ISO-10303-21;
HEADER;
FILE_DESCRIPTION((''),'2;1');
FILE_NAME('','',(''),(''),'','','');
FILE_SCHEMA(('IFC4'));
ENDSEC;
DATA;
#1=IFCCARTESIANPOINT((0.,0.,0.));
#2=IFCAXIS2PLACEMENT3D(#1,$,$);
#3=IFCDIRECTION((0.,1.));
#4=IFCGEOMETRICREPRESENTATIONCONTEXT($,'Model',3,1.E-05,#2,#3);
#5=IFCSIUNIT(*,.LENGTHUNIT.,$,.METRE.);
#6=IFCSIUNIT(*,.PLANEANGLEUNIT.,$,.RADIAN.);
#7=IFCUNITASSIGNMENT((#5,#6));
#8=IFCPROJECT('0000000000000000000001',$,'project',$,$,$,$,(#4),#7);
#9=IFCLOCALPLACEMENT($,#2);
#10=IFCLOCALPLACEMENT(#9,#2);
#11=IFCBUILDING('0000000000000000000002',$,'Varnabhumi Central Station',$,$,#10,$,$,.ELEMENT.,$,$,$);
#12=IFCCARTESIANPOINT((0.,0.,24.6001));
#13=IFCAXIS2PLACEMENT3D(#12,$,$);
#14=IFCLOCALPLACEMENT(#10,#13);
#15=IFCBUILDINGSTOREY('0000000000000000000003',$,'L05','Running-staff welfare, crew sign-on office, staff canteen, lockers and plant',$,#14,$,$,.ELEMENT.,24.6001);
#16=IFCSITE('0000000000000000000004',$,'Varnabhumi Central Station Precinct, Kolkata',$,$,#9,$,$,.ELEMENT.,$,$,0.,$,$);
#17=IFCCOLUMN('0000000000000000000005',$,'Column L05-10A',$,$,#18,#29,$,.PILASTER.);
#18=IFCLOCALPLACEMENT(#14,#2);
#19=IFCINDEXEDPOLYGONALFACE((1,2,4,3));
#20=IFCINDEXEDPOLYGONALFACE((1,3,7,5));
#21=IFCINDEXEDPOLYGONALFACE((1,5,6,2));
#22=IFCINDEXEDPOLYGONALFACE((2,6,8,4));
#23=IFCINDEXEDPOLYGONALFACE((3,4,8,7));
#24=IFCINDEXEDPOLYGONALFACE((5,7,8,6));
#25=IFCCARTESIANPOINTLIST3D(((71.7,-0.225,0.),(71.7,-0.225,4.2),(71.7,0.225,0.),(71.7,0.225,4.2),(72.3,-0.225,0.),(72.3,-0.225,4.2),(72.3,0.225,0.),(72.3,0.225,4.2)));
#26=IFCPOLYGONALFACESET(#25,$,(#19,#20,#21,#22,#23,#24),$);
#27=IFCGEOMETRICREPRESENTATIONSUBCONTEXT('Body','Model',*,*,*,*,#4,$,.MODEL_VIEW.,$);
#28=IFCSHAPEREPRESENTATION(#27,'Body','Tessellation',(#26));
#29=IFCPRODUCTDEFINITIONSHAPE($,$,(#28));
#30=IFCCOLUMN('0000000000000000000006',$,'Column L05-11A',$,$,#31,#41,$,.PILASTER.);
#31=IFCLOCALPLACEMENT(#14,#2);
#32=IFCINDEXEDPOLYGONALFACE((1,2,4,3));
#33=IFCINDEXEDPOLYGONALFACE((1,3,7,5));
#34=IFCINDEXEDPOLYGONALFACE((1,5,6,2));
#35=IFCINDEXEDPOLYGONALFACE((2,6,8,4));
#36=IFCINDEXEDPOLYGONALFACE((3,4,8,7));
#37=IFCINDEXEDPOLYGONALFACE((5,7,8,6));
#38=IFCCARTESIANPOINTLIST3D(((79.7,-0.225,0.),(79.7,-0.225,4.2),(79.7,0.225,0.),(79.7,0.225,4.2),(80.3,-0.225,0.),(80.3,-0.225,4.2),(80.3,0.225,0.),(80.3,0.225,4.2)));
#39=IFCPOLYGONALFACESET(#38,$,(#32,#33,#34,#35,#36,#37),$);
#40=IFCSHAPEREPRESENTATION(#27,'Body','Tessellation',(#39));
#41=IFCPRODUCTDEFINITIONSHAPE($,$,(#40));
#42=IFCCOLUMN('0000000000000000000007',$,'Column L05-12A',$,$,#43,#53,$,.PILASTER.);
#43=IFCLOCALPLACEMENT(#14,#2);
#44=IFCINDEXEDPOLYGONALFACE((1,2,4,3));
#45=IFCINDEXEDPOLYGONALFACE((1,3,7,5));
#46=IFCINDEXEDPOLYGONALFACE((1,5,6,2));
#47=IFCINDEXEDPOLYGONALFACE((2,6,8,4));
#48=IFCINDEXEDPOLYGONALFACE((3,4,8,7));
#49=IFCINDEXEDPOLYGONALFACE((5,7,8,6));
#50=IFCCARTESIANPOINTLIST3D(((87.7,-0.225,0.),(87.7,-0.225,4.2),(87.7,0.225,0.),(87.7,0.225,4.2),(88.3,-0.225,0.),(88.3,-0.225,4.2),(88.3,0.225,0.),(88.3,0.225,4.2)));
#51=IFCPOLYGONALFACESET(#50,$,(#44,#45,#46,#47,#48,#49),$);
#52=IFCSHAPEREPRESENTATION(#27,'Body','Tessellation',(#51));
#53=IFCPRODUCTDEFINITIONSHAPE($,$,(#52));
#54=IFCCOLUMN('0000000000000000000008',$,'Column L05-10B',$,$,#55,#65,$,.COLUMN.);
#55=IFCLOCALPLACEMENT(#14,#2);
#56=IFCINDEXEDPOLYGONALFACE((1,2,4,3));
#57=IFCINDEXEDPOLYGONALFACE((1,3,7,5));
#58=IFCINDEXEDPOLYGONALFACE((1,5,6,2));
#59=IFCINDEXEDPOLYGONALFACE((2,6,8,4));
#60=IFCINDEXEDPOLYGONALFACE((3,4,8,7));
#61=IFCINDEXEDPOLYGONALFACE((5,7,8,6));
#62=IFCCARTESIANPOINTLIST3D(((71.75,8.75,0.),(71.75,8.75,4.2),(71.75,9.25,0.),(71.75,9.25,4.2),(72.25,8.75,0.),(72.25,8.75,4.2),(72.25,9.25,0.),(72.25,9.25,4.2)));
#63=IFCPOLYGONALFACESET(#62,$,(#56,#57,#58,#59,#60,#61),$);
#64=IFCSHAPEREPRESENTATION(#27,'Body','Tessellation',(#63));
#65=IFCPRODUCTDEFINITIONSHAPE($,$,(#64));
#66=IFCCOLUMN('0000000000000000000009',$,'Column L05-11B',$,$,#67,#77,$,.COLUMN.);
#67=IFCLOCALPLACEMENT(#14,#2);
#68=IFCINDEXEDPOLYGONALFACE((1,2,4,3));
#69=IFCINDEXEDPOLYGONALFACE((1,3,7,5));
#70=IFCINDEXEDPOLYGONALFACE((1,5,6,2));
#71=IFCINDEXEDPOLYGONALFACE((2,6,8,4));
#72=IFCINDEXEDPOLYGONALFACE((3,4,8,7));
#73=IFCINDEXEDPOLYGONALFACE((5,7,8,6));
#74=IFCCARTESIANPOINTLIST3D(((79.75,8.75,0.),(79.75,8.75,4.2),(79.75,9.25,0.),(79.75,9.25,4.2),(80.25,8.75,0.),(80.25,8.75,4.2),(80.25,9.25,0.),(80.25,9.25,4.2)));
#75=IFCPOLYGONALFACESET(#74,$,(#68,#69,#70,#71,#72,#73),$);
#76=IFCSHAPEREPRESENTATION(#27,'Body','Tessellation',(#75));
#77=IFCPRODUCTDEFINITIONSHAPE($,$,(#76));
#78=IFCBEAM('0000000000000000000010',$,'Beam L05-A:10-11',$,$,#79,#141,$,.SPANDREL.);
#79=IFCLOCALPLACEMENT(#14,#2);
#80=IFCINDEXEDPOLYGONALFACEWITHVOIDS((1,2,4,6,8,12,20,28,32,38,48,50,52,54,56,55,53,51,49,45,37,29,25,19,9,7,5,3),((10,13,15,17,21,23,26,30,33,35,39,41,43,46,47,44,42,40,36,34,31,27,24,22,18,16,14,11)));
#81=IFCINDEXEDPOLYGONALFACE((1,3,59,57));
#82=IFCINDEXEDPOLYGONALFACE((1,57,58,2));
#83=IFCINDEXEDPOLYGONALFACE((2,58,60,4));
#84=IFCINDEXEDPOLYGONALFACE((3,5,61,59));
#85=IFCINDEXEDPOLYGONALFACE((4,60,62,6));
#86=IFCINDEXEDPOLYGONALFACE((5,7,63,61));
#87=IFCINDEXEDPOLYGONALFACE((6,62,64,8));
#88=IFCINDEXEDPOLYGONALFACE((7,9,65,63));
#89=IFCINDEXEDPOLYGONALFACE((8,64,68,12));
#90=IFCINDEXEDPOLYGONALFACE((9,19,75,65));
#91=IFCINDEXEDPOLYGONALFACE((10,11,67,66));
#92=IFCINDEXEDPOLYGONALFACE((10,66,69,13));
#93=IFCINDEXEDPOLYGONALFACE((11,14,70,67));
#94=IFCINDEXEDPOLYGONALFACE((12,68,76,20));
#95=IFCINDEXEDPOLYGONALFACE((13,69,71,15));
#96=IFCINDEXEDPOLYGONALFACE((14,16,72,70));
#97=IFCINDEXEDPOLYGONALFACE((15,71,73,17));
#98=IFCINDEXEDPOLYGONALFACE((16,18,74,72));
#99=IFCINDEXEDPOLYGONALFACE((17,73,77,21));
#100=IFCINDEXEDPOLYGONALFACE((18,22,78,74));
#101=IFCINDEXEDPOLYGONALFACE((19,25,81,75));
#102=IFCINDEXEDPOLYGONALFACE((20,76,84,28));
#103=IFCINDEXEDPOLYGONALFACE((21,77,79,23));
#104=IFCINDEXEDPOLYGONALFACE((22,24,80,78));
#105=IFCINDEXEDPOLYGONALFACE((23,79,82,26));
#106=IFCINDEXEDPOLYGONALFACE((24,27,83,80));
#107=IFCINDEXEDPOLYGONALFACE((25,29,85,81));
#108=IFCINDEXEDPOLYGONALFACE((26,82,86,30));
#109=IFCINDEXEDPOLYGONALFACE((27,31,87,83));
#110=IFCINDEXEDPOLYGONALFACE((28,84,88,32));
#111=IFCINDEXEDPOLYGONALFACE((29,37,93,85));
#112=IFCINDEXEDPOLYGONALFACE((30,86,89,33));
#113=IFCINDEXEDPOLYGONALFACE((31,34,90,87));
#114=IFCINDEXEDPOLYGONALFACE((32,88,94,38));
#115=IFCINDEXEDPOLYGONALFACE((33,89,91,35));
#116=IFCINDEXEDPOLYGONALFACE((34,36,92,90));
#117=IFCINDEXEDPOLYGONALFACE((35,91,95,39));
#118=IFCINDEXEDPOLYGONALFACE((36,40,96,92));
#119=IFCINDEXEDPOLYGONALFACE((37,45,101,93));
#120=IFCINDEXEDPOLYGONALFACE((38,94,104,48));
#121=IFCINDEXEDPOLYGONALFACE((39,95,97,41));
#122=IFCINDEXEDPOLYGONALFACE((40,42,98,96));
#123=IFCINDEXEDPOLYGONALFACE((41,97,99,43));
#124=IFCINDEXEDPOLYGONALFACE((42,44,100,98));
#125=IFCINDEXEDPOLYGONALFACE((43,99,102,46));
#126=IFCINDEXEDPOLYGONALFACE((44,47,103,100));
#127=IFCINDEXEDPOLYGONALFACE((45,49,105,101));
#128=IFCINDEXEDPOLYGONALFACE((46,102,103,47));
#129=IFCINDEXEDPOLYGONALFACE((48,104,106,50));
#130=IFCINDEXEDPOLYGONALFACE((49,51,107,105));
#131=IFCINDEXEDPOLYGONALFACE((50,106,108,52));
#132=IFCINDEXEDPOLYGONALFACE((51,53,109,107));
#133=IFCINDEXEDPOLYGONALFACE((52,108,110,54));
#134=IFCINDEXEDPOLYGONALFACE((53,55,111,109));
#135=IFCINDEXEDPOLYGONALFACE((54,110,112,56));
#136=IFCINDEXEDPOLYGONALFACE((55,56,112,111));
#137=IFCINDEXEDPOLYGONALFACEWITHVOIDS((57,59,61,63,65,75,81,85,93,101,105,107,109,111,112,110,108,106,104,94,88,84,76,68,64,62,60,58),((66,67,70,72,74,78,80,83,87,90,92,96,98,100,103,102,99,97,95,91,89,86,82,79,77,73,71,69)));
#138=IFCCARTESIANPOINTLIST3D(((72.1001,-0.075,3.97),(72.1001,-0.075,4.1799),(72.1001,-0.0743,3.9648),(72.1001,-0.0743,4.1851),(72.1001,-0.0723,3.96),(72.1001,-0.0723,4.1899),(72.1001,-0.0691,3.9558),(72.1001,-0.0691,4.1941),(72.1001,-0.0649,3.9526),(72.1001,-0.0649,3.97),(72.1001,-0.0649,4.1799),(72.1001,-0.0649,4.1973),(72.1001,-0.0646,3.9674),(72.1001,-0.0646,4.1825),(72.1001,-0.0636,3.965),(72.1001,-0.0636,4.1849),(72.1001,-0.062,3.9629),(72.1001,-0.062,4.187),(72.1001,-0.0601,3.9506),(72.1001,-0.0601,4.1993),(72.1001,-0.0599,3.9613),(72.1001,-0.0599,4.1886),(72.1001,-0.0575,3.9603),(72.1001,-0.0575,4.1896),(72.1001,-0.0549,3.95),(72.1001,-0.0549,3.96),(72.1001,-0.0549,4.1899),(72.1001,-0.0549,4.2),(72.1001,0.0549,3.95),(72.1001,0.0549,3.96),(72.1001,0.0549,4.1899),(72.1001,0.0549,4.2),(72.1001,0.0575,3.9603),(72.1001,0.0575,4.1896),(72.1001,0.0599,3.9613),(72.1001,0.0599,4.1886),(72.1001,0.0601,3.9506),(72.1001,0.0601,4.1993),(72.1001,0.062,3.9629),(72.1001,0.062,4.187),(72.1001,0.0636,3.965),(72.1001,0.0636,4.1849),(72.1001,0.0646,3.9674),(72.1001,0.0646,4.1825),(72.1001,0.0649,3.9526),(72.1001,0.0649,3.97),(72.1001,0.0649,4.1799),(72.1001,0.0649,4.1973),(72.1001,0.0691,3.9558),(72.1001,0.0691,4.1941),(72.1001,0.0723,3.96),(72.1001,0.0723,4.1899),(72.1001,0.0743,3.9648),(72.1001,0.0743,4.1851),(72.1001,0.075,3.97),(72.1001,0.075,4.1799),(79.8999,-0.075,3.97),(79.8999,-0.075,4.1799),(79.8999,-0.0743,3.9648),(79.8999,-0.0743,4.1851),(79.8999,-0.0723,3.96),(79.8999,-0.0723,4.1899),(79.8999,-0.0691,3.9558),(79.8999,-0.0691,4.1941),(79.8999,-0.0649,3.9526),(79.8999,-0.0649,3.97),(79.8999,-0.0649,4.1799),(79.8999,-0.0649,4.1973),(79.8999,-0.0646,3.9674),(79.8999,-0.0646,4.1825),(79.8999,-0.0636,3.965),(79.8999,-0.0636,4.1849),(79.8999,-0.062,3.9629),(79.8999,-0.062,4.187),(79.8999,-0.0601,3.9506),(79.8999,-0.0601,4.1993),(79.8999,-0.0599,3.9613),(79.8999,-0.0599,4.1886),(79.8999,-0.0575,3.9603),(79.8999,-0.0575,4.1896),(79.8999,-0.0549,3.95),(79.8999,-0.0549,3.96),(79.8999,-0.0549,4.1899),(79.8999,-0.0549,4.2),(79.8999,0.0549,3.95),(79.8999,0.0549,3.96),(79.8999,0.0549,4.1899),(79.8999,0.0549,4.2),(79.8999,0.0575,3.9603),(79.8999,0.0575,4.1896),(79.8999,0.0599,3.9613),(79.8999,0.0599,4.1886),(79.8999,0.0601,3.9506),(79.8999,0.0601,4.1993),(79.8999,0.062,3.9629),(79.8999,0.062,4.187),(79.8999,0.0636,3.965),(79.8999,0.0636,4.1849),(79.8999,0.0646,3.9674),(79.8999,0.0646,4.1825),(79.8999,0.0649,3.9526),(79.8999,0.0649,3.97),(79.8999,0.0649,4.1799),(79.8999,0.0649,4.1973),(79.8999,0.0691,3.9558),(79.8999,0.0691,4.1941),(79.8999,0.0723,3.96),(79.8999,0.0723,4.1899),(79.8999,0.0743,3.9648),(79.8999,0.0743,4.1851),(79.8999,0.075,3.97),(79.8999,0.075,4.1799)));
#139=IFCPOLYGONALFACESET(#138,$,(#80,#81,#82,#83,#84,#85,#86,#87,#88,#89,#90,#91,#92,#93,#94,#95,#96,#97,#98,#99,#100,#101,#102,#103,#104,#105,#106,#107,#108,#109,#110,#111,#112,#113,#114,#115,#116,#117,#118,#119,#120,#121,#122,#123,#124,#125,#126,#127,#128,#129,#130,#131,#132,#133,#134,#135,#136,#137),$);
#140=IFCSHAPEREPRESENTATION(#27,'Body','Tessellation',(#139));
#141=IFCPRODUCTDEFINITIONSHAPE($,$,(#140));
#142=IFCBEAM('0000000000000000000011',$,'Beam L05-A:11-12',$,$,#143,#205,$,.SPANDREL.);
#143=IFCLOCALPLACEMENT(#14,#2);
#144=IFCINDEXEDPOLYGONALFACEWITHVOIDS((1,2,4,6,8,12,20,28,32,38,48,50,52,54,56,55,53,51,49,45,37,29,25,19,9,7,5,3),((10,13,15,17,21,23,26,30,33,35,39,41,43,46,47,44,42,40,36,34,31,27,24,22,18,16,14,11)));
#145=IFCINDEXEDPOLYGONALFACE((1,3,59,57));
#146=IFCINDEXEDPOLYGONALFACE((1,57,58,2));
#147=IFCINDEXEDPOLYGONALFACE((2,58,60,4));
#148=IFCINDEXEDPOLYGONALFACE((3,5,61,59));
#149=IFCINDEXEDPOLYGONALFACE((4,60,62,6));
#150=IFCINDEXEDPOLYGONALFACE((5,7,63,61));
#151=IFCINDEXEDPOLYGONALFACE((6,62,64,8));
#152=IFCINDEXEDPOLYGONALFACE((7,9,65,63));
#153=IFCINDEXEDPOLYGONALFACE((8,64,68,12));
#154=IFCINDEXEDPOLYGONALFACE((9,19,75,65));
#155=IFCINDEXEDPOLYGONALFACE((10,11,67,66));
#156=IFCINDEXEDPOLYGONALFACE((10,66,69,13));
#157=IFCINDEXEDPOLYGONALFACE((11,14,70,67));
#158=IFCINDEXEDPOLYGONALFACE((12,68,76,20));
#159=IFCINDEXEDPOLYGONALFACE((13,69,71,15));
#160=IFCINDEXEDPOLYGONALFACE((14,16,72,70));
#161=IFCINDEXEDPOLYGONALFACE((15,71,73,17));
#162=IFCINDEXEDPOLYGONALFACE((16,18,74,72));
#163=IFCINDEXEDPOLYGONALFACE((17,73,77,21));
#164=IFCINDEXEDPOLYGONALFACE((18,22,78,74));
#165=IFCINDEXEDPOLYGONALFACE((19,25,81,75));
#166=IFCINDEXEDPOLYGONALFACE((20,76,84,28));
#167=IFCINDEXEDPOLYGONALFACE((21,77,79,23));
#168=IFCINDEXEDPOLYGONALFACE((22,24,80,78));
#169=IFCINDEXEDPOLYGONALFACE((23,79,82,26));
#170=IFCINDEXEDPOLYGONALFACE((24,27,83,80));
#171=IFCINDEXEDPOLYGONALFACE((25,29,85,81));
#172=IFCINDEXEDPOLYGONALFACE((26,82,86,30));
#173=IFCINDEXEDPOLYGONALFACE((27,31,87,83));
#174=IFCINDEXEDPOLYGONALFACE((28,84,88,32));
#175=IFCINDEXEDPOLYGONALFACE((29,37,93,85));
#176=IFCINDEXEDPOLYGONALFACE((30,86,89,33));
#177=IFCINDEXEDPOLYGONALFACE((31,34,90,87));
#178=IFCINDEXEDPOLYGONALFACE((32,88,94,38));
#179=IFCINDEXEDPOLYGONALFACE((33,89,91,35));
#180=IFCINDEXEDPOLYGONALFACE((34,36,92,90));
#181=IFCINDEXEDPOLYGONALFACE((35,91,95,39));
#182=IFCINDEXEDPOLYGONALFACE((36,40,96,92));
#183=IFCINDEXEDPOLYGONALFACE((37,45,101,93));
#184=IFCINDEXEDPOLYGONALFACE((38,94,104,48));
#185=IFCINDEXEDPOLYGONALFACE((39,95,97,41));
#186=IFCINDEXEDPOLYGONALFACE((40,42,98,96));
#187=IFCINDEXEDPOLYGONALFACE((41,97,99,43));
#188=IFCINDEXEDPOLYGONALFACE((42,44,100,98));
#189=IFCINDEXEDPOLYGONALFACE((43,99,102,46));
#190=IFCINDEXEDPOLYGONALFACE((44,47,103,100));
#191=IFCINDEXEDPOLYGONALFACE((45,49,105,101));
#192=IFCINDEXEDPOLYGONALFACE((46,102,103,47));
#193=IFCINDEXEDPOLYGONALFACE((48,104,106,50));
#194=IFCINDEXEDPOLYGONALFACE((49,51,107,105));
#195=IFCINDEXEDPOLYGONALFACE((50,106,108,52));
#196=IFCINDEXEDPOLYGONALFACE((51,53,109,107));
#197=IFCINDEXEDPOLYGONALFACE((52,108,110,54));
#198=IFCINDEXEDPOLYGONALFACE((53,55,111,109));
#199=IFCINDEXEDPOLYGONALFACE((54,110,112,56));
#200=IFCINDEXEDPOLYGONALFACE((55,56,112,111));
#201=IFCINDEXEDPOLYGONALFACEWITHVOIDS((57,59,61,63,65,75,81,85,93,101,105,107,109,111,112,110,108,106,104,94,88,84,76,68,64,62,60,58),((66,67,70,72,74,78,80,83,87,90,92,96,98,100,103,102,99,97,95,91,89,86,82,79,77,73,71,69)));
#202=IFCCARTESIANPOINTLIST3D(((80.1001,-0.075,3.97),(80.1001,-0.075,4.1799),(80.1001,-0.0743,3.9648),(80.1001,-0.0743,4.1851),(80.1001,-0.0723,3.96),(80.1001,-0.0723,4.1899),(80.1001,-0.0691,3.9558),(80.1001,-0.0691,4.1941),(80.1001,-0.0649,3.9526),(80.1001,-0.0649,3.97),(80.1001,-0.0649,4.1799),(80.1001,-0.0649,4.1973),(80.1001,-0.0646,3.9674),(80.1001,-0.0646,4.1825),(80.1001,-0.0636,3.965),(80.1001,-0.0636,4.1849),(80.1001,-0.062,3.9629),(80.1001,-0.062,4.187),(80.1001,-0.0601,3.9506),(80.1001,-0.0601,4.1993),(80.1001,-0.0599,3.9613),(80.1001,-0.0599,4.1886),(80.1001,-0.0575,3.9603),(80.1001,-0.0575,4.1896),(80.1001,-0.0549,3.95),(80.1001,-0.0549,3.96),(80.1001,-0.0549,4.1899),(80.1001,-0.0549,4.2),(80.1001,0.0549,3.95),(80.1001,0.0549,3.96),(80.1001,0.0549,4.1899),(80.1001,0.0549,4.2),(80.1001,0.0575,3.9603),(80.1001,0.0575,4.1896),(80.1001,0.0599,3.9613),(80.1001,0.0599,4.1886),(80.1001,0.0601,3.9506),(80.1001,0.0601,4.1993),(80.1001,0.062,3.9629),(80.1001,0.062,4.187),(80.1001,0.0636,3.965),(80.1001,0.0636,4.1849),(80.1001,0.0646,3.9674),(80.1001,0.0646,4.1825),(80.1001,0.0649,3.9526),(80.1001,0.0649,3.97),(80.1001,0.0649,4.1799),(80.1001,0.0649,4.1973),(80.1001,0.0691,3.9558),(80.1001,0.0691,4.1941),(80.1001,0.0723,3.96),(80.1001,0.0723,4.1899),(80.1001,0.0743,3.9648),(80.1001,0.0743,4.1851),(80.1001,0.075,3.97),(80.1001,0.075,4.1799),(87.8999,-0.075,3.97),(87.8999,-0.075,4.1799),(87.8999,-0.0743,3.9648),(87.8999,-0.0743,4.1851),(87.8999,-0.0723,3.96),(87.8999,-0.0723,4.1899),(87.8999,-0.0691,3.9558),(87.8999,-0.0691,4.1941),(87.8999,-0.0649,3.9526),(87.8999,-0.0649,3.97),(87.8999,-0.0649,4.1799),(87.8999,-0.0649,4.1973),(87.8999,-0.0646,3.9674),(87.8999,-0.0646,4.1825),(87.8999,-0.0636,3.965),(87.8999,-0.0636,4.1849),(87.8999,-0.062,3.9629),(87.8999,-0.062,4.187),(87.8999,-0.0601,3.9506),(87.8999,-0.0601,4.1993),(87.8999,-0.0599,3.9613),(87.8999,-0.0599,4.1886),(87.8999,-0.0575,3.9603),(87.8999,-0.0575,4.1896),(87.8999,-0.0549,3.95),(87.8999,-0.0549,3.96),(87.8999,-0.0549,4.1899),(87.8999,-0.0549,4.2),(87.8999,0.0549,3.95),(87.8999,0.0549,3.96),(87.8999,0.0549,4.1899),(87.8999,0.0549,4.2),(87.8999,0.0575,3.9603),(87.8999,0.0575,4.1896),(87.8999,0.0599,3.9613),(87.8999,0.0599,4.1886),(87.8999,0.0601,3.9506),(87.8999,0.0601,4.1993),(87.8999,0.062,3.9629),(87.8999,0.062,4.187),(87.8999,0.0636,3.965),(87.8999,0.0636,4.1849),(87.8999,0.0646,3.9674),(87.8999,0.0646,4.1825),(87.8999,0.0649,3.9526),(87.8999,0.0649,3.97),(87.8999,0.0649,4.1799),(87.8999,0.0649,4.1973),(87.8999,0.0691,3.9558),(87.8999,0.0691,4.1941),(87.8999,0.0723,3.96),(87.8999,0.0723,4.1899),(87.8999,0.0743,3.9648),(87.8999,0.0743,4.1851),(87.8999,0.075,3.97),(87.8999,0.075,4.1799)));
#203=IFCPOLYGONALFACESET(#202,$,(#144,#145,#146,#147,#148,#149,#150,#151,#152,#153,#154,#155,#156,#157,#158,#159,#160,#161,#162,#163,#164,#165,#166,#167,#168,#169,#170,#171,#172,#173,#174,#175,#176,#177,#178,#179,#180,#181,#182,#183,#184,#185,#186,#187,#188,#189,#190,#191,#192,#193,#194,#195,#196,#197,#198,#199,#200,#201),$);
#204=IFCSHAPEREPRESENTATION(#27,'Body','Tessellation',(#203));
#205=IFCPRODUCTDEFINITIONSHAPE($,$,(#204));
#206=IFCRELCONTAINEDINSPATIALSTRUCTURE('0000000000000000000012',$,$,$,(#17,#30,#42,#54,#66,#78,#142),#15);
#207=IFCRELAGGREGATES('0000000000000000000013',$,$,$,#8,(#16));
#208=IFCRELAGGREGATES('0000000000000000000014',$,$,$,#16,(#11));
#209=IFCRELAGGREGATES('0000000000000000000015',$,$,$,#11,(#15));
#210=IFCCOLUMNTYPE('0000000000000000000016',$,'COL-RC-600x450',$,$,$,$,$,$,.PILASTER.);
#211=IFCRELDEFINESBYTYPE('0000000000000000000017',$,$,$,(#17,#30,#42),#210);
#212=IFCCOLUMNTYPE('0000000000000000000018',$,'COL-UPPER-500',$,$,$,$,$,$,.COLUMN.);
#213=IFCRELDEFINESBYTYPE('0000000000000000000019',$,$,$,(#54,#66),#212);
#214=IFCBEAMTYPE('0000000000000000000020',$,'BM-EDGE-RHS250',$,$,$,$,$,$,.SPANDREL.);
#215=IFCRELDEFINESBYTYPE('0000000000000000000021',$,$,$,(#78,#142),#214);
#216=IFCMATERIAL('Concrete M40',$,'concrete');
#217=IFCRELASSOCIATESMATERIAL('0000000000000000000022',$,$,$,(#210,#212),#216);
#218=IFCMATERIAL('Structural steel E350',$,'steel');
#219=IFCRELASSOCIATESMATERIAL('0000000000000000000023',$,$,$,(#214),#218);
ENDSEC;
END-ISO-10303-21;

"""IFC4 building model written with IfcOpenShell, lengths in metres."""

from ifc_helpers import new_model, si_unit, direction, frame, origin, origin_2d, place, context, subcontext, project, spatial, rectangle, hollow_rectangle, extrude, material, material_profile, profile_set, type_object, element, save


model = new_model("IFC4")

# Units and contexts
model_context = context("Model", 3, precision=1e-05, world=origin(), true_north=direction((0.0, 1.0)))
body_context = subcontext(model_context, "Body", "Model", "MODEL_VIEW")
ifc_project = project(units=[si_unit("LENGTHUNIT", "METRE"), si_unit("PLANEANGLEUNIT", "RADIAN")], contexts=[model_context])

# Site, building, storey
site_placement = place(None, origin())
site = spatial("IfcSite", under=ifc_project, at=site_placement, Name="Varnabhumi Central Station Precinct, Kolkata", CompositionType="ELEMENT", RefElevation=0.0)
building_placement = place(site_placement, origin())
building = spatial("IfcBuilding", under=site, at=building_placement, Name="Varnabhumi Central Station", CompositionType="ELEMENT")
storey_placement = place(building_placement, frame((0.0, 0.0, 24.6001)))
storey = spatial("IfcBuildingStorey", under=building, at=storey_placement, Name="L05", Description="Running-staff welfare, crew sign-on office, staff canteen, lockers and plant", CompositionType="ELEMENT", Elevation=24.6001)

# Columns
ifc_material_1 = material(Name="Concrete M40", Category="concrete")
ifc_material_profile_1 = material_profile(ifc_material_1, rectangle(XDim=0.6001, YDim=0.45, at=origin_2d()), Name="Concrete M40", Category="concrete")
ifc_profile_set_1 = profile_set([ifc_material_profile_1], Name="Concrete M40")
column_type_1 = type_object("IfcColumnType", Name="COL-RC-600x450", PredefinedType="PILASTER", material=ifc_profile_set_1)
for number, where, z_axis, x_axis, name in (
    (1, (72.0, 0.0, 0.0), (0.0, 0.0, 1.0), (1.0, 0.0, 0.0), "Column L05-10A"),
    (2, (80.0, 0.0, 0.0), (0.0, 0.0, 1.0), (1.0, 0.0, 0.0), "Column L05-11A"),
    (3, (88.0, 0.0, 0.0), (0.0, 0.0, 1.0), (1.0, 0.0, 0.0), "Column L05-12A"),
):
    element("IfcColumn", number, at=place(storey_placement, frame(where, z_axis=z_axis, x_axis=x_axis)), inside=storey, type_object=column_type_1, Name=name, PredefinedType="PILASTER", context=body_context, shape_type="SweptSolid", body=[
        extrude(rectangle(XDim=0.6001, YDim=0.45, at=origin_2d()), origin(), (0.0, 0.0, 1.0), 4.2),
    ])
ifc_material_profile_2 = material_profile(ifc_material_1, rectangle(XDim=0.5, YDim=0.5, at=origin_2d()), Name="Concrete M40", Category="concrete")
ifc_profile_set_2 = profile_set([ifc_material_profile_2], Name="Concrete M40")
column_type_2 = type_object("IfcColumnType", Name="COL-UPPER-500", PredefinedType="COLUMN", material=ifc_profile_set_2)
for number, where, z_axis, x_axis, name in (
    (4, (72.0, 9.0, 0.0), (0.0, 0.0, 1.0), (1.0, 0.0, 0.0), "Column L05-10B"),
    (5, (80.0, 9.0, 0.0), (0.0, 0.0, 1.0), (1.0, 0.0, 0.0), "Column L05-11B"),
):
    element("IfcColumn", number, at=place(storey_placement, frame(where, z_axis=z_axis, x_axis=x_axis)), inside=storey, type_object=column_type_2, Name=name, PredefinedType="COLUMN", context=body_context, shape_type="SweptSolid", body=[
        extrude(rectangle(XDim=0.5, YDim=0.5, at=origin_2d()), origin(), (0.0, 0.0, 1.0), 4.2),
    ])

# Beams
ifc_material_2 = material(Name="Structural steel E350", Category="steel")
ifc_material_profile_3 = material_profile(ifc_material_2, hollow_rectangle(XDim=0.1499, YDim=0.25, WallThickness=0.01, InnerFilletRadius=0.01, OuterFilletRadius=0.02, at=origin_2d()), Name="Structural steel E350", Category="steel")
ifc_profile_set_3 = profile_set([ifc_material_profile_3], Name="Structural steel E350")
beam_type_1 = type_object("IfcBeamType", Name="BM-EDGE-RHS250", PredefinedType="SPANDREL", material=ifc_profile_set_3)
for number, where, z_axis, x_axis, name in (
    (6, (72.1001, 0.0, 4.075), (1.0, 0.0, 0.0), (0.0, 1.0, 0.0), "Beam L05-A:10-11"),
    (7, (80.1001, 0.0, 4.075), (1.0, 0.0, 0.0), (0.0, 1.0, 0.0), "Beam L05-A:11-12"),
):
    element("IfcBeam", number, at=place(storey_placement, frame(where, z_axis=z_axis, x_axis=x_axis)), inside=storey, type_object=beam_type_1, Name=name, PredefinedType="SPANDREL", context=body_context, shape_type="SweptSolid", body=[
        extrude(hollow_rectangle(XDim=0.1499, YDim=0.25, WallThickness=0.01, InnerFilletRadius=0.01, OuterFilletRadius=0.02, at=origin_2d()), origin(), (0.0, 0.0, 1.0), 7.7998),
    ])

save(model, "model.ifc")
